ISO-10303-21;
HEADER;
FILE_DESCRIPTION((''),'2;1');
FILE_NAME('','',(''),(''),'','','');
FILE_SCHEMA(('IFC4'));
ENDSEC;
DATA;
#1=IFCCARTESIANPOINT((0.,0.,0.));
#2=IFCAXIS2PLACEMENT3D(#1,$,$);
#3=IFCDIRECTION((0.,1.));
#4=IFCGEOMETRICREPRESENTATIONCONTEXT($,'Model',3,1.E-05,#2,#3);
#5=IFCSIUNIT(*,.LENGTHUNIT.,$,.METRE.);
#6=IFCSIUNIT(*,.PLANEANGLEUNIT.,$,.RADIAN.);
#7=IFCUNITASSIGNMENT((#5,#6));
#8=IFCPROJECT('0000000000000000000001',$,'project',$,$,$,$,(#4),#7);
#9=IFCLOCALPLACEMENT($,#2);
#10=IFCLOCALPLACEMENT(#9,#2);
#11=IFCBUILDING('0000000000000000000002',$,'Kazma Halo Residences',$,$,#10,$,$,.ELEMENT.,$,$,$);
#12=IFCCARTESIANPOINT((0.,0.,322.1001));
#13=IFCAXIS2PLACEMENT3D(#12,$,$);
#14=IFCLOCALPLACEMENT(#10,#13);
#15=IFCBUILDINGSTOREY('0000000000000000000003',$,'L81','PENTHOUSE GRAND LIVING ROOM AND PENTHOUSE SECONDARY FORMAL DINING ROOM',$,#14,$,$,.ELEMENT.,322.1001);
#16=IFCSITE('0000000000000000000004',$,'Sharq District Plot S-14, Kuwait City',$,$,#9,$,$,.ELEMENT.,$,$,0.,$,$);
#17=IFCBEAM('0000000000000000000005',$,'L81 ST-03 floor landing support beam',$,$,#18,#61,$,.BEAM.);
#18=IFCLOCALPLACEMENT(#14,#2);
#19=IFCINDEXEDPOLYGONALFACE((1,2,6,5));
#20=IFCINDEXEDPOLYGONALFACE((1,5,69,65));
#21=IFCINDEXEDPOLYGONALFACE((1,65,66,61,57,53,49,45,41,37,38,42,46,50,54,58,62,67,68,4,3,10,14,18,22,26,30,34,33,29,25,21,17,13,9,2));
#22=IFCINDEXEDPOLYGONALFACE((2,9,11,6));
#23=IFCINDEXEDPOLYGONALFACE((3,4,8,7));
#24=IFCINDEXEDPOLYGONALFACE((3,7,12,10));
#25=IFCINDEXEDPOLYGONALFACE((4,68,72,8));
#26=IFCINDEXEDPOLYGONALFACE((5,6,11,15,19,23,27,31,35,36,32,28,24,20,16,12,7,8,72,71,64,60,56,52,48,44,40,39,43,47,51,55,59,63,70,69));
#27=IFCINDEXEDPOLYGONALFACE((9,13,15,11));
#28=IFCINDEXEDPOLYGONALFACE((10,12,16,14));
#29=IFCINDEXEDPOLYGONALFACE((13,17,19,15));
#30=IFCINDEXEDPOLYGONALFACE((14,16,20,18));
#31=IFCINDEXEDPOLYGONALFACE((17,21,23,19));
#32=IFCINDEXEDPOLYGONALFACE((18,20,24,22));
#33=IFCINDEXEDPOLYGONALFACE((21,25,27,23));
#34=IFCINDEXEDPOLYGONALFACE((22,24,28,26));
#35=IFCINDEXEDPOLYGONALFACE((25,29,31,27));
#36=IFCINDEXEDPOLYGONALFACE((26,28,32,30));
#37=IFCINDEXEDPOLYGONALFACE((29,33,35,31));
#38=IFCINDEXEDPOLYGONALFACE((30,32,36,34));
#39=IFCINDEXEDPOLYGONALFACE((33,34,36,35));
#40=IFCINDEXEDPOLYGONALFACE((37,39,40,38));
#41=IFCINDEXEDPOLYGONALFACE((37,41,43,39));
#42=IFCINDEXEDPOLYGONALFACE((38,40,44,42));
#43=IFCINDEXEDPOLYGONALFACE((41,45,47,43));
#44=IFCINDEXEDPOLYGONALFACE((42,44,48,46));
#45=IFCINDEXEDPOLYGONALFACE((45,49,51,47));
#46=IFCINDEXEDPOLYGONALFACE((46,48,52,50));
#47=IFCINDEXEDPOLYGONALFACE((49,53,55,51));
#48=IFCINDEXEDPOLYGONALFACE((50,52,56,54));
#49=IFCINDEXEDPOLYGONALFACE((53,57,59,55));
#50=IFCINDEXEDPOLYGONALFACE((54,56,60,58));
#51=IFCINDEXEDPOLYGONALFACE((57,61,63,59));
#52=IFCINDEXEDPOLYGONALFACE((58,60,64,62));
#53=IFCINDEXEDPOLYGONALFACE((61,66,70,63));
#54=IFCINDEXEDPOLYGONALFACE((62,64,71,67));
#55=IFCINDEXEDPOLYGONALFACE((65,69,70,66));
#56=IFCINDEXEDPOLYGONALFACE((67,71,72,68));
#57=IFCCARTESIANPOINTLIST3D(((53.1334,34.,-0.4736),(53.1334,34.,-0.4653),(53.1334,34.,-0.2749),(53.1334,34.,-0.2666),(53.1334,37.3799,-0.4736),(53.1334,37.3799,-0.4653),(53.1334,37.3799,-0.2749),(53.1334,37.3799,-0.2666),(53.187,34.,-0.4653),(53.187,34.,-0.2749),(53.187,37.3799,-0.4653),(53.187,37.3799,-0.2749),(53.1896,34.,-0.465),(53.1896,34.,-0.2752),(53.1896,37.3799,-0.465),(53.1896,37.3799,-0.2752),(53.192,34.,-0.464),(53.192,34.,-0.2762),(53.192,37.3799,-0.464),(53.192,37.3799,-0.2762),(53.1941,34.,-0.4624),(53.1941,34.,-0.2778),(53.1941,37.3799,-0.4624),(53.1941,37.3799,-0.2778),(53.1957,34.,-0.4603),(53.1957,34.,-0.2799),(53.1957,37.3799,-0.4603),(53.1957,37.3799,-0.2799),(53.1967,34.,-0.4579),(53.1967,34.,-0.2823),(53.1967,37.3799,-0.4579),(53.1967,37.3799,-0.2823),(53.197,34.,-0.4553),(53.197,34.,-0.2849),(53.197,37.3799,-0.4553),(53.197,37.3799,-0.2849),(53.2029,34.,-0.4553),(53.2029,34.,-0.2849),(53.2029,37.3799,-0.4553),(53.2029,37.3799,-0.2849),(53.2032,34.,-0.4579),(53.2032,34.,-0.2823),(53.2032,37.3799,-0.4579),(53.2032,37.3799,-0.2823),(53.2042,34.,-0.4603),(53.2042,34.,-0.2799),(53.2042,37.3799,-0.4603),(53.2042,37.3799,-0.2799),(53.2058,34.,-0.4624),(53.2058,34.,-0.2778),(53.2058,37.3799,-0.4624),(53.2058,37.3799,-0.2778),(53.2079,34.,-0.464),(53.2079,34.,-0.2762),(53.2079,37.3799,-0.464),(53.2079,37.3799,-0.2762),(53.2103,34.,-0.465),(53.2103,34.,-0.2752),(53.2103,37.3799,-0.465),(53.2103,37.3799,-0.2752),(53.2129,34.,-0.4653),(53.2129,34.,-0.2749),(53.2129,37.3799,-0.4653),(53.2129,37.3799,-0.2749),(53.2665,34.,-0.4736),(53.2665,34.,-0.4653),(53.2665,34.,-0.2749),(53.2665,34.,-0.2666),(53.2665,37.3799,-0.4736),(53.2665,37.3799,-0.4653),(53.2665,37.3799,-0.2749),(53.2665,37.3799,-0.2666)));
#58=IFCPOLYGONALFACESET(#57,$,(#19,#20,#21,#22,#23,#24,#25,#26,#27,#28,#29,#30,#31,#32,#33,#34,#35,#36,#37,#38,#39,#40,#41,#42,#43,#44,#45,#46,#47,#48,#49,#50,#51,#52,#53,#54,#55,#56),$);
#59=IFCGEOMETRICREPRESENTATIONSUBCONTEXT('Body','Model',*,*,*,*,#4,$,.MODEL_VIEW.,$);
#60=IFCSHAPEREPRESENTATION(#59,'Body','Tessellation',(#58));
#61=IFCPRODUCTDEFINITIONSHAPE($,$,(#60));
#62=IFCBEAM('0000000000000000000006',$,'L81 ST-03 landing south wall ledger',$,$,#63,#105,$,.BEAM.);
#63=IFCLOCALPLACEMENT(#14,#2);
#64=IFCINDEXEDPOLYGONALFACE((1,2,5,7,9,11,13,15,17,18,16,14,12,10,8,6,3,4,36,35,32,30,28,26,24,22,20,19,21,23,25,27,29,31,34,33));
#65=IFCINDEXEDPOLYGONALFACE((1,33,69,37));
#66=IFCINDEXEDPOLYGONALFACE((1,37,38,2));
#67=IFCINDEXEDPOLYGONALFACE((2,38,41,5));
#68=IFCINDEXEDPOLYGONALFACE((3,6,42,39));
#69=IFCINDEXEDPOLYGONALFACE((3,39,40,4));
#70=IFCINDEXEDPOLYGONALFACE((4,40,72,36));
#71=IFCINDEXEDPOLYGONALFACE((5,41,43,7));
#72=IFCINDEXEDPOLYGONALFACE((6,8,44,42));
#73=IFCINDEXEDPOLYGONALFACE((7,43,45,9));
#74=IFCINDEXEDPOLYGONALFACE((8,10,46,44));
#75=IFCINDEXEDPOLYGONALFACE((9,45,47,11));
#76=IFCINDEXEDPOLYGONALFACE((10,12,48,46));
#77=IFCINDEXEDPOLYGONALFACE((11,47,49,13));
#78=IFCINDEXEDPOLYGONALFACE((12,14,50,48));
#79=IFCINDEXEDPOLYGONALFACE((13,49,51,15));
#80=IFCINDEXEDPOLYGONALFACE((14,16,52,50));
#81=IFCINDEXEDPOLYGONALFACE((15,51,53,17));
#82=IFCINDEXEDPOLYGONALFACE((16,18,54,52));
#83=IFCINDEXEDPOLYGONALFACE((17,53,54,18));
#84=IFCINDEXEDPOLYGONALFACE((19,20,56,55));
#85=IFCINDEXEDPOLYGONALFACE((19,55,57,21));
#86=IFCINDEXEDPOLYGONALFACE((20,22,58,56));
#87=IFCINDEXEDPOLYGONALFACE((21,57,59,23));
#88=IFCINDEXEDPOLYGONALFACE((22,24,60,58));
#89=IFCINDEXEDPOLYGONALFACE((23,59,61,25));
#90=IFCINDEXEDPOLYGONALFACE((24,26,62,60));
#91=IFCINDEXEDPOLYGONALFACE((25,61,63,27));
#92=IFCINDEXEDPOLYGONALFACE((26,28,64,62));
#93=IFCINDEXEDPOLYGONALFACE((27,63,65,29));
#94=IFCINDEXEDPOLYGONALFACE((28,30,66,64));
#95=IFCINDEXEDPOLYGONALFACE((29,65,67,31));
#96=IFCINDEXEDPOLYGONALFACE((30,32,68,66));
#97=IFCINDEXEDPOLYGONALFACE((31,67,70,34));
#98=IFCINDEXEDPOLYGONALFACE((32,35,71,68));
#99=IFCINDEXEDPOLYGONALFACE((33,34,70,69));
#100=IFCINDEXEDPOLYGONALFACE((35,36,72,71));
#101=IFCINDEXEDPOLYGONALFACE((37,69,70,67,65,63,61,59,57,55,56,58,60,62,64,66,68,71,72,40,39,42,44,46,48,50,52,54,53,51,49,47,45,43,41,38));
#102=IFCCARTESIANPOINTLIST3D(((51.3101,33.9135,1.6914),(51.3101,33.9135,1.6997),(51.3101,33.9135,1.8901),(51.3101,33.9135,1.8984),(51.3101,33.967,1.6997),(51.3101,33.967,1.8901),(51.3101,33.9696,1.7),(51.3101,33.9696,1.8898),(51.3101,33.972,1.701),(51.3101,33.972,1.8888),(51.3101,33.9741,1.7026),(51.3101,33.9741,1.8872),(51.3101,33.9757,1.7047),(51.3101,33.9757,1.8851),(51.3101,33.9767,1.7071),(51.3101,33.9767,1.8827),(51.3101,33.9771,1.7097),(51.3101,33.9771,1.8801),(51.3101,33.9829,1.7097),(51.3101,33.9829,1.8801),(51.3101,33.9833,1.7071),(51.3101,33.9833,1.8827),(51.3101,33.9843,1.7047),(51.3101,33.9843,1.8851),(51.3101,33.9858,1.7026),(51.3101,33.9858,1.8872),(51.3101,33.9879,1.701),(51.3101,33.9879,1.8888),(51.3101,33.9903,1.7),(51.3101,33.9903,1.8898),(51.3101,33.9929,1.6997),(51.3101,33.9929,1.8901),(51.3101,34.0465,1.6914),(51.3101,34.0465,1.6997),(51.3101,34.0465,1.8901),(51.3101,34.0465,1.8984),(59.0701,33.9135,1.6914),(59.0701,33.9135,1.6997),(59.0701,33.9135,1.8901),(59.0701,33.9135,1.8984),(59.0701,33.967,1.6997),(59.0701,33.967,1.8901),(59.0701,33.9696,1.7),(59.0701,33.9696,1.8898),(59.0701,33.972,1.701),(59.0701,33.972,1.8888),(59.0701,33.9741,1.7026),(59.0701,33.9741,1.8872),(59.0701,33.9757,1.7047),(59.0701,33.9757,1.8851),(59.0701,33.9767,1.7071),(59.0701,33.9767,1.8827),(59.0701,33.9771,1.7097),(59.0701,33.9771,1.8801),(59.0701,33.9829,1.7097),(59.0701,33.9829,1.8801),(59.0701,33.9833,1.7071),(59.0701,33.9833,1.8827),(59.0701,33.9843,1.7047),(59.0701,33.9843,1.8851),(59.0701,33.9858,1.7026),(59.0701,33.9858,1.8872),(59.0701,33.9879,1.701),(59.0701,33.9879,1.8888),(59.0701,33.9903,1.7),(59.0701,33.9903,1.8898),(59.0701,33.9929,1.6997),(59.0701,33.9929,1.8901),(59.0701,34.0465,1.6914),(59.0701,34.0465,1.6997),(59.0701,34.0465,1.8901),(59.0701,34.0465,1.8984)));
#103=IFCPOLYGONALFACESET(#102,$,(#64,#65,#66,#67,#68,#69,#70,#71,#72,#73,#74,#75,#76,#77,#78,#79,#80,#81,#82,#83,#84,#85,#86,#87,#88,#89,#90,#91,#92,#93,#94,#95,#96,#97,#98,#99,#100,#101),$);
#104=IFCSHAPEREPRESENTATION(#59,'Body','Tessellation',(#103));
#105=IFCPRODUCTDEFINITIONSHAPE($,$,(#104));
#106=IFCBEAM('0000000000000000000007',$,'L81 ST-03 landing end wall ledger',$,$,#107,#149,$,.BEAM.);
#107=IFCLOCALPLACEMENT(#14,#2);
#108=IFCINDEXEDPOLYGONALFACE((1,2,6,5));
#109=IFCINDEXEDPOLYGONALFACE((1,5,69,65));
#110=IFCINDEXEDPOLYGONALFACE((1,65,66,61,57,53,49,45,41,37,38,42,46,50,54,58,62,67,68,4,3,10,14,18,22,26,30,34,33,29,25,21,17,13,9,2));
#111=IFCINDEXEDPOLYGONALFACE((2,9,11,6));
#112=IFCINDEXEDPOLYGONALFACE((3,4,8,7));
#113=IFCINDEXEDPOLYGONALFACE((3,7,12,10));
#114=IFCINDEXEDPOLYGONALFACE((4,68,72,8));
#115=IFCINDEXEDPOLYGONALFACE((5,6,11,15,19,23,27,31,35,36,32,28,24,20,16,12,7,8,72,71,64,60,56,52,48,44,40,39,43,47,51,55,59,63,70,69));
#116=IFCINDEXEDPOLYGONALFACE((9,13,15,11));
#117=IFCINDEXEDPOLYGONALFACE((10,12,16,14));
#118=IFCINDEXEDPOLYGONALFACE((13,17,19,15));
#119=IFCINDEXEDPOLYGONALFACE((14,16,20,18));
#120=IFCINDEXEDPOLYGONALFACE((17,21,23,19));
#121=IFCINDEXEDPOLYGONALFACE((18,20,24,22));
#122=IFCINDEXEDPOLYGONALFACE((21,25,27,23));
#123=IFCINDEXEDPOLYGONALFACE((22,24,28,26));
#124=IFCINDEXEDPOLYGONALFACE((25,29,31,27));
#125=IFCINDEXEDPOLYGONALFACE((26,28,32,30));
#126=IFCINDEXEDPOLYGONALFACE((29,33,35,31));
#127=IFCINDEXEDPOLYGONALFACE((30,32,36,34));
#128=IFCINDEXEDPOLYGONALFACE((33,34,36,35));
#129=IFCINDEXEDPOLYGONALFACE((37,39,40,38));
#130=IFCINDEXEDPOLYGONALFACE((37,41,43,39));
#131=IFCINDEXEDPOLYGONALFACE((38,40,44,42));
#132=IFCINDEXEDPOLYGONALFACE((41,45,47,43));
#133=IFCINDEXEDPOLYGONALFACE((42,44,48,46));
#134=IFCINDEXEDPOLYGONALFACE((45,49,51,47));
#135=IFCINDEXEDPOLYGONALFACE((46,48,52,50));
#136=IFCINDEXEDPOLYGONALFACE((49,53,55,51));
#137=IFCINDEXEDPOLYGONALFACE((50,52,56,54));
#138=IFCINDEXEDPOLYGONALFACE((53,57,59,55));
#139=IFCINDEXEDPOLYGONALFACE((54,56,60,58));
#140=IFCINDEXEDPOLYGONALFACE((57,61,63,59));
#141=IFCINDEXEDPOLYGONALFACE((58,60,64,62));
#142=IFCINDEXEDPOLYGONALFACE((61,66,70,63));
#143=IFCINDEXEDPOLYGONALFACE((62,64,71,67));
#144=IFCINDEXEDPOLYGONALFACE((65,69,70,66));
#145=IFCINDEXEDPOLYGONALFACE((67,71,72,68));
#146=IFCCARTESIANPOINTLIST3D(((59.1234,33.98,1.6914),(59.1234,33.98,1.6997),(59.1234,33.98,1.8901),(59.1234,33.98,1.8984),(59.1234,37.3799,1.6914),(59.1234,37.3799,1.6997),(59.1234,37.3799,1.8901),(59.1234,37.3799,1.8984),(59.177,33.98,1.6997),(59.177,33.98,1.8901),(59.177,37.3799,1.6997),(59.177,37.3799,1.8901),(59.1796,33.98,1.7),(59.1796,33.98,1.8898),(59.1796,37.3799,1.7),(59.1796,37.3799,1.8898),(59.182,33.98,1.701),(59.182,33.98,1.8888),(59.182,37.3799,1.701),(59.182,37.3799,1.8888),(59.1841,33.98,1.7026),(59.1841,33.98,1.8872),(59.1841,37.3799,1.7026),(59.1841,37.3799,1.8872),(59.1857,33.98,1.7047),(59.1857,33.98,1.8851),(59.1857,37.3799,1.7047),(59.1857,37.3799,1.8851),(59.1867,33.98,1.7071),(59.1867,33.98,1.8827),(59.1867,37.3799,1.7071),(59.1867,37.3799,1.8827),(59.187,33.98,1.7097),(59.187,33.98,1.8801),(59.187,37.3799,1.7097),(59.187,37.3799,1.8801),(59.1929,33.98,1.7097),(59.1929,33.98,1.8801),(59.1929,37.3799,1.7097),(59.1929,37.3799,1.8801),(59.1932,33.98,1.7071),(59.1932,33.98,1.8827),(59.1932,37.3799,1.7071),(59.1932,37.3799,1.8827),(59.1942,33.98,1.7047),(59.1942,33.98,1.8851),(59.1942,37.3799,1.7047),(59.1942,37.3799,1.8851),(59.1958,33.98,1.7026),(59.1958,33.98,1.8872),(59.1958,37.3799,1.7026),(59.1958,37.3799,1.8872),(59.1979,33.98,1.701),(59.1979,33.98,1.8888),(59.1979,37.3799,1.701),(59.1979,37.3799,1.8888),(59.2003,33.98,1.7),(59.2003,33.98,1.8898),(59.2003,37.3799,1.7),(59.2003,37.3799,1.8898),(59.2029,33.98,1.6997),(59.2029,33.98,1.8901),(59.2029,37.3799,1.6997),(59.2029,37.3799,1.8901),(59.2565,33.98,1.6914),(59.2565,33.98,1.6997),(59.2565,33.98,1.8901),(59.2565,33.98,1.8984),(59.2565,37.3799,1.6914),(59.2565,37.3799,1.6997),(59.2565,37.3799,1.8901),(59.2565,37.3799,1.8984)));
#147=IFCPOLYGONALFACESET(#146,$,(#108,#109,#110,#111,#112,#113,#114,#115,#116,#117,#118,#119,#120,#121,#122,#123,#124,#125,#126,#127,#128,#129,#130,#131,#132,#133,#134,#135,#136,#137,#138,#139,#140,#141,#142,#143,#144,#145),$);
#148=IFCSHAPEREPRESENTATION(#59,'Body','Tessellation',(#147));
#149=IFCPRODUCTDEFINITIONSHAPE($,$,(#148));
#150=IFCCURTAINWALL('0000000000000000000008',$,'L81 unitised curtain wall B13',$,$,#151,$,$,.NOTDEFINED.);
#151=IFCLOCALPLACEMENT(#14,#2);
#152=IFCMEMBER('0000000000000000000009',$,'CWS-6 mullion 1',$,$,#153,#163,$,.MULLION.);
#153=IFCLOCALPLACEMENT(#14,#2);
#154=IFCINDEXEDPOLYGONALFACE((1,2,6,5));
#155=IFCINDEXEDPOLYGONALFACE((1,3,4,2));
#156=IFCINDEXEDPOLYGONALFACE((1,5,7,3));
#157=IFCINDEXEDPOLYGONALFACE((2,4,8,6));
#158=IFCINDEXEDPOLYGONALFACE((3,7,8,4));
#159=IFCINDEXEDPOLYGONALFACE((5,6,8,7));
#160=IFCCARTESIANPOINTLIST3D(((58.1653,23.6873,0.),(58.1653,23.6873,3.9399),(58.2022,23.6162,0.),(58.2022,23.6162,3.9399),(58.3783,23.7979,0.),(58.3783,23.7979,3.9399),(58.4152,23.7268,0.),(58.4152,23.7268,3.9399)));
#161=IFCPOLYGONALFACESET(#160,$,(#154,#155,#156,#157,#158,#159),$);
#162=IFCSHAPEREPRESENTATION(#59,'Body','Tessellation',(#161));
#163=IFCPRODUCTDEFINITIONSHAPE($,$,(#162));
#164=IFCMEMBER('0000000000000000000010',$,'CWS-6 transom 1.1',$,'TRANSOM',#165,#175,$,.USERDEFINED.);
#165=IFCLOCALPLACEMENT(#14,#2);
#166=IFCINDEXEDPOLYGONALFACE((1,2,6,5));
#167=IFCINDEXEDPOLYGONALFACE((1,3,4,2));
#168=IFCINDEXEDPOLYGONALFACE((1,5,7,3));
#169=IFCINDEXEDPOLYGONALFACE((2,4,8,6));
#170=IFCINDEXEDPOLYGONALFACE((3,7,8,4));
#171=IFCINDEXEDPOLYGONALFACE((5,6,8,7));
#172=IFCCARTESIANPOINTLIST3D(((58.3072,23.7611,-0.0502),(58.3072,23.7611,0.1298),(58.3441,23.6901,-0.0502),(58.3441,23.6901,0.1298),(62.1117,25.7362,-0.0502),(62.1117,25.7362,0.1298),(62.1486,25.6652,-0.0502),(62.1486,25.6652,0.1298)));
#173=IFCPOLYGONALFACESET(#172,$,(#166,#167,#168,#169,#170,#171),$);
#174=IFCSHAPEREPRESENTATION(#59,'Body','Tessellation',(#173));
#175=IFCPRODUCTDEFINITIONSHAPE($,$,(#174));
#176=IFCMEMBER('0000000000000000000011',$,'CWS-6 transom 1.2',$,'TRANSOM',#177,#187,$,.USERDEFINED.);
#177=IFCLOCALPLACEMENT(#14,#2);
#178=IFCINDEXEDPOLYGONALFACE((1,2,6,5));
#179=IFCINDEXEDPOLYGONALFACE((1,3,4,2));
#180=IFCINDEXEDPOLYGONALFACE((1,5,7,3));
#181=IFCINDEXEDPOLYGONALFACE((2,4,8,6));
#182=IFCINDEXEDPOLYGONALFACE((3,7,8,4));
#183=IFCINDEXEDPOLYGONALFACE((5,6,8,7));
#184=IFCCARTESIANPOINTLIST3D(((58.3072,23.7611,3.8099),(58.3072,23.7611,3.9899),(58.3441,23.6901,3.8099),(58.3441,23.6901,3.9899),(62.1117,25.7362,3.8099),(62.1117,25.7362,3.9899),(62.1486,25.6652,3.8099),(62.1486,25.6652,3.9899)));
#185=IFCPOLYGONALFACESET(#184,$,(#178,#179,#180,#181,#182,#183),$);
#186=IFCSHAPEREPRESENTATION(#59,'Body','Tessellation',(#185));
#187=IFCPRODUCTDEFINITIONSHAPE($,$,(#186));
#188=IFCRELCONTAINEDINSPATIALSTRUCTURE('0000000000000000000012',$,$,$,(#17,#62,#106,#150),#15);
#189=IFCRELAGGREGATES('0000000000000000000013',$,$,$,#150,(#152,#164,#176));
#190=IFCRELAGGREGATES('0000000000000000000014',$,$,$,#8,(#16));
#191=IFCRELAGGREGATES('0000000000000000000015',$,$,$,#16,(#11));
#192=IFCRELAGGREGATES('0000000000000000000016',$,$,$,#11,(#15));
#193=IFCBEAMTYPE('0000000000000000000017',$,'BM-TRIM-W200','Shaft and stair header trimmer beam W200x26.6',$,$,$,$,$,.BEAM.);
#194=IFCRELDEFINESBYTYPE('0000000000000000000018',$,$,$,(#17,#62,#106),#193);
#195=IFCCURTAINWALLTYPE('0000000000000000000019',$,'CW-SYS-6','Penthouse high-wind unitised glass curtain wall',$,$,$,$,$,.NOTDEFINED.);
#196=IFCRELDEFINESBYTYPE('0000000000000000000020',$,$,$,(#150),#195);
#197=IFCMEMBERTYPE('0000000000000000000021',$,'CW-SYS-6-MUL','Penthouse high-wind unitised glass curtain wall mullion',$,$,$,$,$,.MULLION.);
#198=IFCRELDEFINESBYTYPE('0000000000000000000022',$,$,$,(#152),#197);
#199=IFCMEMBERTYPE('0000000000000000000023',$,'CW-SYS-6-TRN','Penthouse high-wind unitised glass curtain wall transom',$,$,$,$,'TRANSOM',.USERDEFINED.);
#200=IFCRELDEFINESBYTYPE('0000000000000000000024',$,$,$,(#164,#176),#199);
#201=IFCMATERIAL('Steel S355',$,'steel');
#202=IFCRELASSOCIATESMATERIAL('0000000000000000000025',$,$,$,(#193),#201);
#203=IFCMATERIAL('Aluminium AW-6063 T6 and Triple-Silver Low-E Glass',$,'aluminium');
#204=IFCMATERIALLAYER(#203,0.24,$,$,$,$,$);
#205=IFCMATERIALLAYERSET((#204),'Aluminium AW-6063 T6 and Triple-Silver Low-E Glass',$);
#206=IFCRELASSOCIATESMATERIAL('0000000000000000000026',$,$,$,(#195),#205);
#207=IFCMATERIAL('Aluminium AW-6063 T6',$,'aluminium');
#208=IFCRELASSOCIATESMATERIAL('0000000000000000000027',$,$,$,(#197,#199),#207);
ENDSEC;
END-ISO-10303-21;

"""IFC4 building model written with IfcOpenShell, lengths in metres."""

from ifc_helpers import new_model, si_unit, direction, frame, origin, origin_2d, place, context, subcontext, project, spatial, rectangle, i_section, extrude, material, layer, layer_set, material_profile, profile_set, type_object, element, aggregate, save


model = new_model("IFC4")

# Units and contexts
model_context = context("Model", 3, precision=1e-05, world=origin(), true_north=direction((0.0, 1.0)))
body_context = subcontext(model_context, "Body", "Model", "MODEL_VIEW")
ifc_project = project(units=[si_unit("LENGTHUNIT", "METRE"), si_unit("PLANEANGLEUNIT", "RADIAN")], contexts=[model_context])

# Site, building, storey
site_placement = place(None, origin())
site = spatial("IfcSite", under=ifc_project, at=site_placement, Name="Sharq District Plot S-14, Kuwait City", CompositionType="ELEMENT", RefElevation=0.0)
building_placement = place(site_placement, origin())
building = spatial("IfcBuilding", under=site, at=building_placement, Name="Kazma Halo Residences", CompositionType="ELEMENT")
storey_placement = place(building_placement, frame((0.0, 0.0, 322.1001)))
storey = spatial("IfcBuildingStorey", under=building, at=storey_placement, Name="L81", Description="PENTHOUSE GRAND LIVING ROOM AND PENTHOUSE SECONDARY FORMAL DINING ROOM", CompositionType="ELEMENT", Elevation=322.1001)

# Beams
ifc_material_1 = material(Name="Steel S355", Category="steel")
ifc_material_profile_1 = material_profile(ifc_material_1, i_section(OverallWidth=0.1331, OverallDepth=0.207, WebThickness=0.0059, FlangeThickness=0.0083, FilletRadius=0.01, at=origin_2d()), Name="W200x26.6")
ifc_profile_set_1 = profile_set([ifc_material_profile_1], Name="Steel S355")
beam_type_1 = type_object("IfcBeamType", Name="BM-TRIM-W200", Description="Shaft and stair header trimmer beam W200x26.6", PredefinedType="BEAM", material=ifc_profile_set_1)
beam_1_placement = place(storey_placement, frame((53.2, 34.0, -0.3701), z_axis=(0.0, 1.0, 0.0), x_axis=(-1.0, 0.0, 0.0)))
element("IfcBeam", 1, at=beam_1_placement, inside=storey, type_object=beam_type_1, Name="L81 ST-03 floor landing support beam", PredefinedType="BEAM", context=body_context, shape_type="SweptSolid", body=[
    extrude(i_section(OverallWidth=0.1331, OverallDepth=0.207, WebThickness=0.0059, FlangeThickness=0.0083, FilletRadius=0.01, at=origin_2d()), origin(), (0.0, 0.0, 1.0), 3.3799),
])
beam_2_placement = place(storey_placement, frame((51.3101, 33.98, 1.7949), z_axis=(1.0, 0.0, 0.0), x_axis=(0.0, 1.0, 0.0)))
element("IfcBeam", 2, at=beam_2_placement, inside=storey, type_object=beam_type_1, Name="L81 ST-03 landing south wall ledger", PredefinedType="BEAM", context=body_context, shape_type="SweptSolid", body=[
    extrude(i_section(OverallWidth=0.1331, OverallDepth=0.207, WebThickness=0.0059, FlangeThickness=0.0083, FilletRadius=0.01, at=origin_2d()), origin(), (0.0, 0.0, 1.0), 7.76),
])
beam_3_placement = place(storey_placement, frame((59.1899, 33.98, 1.7949), z_axis=(0.0, 1.0, 0.0), x_axis=(-1.0, 0.0, 0.0)))
element("IfcBeam", 3, at=beam_3_placement, inside=storey, type_object=beam_type_1, Name="L81 ST-03 landing end wall ledger", PredefinedType="BEAM", context=body_context, shape_type="SweptSolid", body=[
    extrude(i_section(OverallWidth=0.1331, OverallDepth=0.207, WebThickness=0.0059, FlangeThickness=0.0083, FilletRadius=0.01, at=origin_2d()), origin(), (0.0, 0.0, 1.0), 3.3999),
])

# Curtain wall, members
ifc_material_2 = material(Name="Aluminium AW-6063 T6 and Triple-Silver Low-E Glass", Category="aluminium")
ifc_layer_1 = layer(ifc_material_2, 0.24)
ifc_layer_set_1 = layer_set([ifc_layer_1], Name="Aluminium AW-6063 T6 and Triple-Silver Low-E Glass")
curtain_wall_type = type_object("IfcCurtainWallType", Name="CW-SYS-6", Description="Penthouse high-wind unitised glass curtain wall", PredefinedType="NOTDEFINED", material=ifc_layer_set_1)
curtain_wall_placement = place(storey_placement, origin())
curtain_wall = element("IfcCurtainWall", 4, at=curtain_wall_placement, inside=storey, type_object=curtain_wall_type, Name="L81 unitised curtain wall B13", PredefinedType="NOTDEFINED")
ifc_material_3 = material(Name="Aluminium AW-6063 T6", Category="aluminium")
ifc_material_profile_2 = material_profile(ifc_material_3, rectangle(XDim=0.0801, YDim=0.24, at=origin_2d()), Name="CWM-80x240")
ifc_profile_set_2 = profile_set([ifc_material_profile_2], Name="Aluminium AW-6063 T6")
member_type_1 = type_object("IfcMemberType", Name="CW-SYS-6-MUL", Description="Penthouse high-wind unitised glass curtain wall mullion", PredefinedType="MULLION", material=ifc_profile_set_2)
member_1_placement = place(storey_placement, frame((58.2903, 23.707, 0.0), z_axis=(0.0, 0.0, 1.0), x_axis=(-0.460796, 0.887506, 0.0)))
member_1 = element("IfcMember", 5, at=member_1_placement, type_object=member_type_1, Name="CWS-6 mullion 1", PredefinedType="MULLION", context=body_context, shape_type="SweptSolid", body=[
    extrude(rectangle(XDim=0.0801, YDim=0.24, at=origin_2d()), origin(), (0.0, 0.0, 1.0), 3.9399),
])
ifc_material_profile_3 = material_profile(ifc_material_3, rectangle(XDim=0.0801, YDim=0.1799, at=origin_2d()), Name="CWT-80x180")
ifc_profile_set_3 = profile_set([ifc_material_profile_3], Name="Aluminium AW-6063 T6")
member_type_2 = type_object("IfcMemberType", Name="CW-SYS-6-TRN", Description="Penthouse high-wind unitised glass curtain wall transom", ElementType="TRANSOM", PredefinedType="USERDEFINED", material=ifc_profile_set_3)
member_2_placement = place(storey_placement, frame((58.3257, 23.7256, 0.0398), z_axis=(0.887523, 0.460763, 0.0), x_axis=(-0.460763, 0.887523, 0.0)))
member_2 = element("IfcMember", 6, at=member_2_placement, type_object=member_type_2, Name="CWS-6 transom 1.1", ObjectType="TRANSOM", PredefinedType="USERDEFINED", context=body_context, shape_type="SweptSolid", body=[
    extrude(rectangle(XDim=0.0801, YDim=0.1799, at=origin_2d()), origin(), (0.0, 0.0, 1.0), 4.2866),
])
member_3_placement = place(storey_placement, frame((58.3257, 23.7256, 3.8999), z_axis=(0.887523, 0.460763, 0.0), x_axis=(-0.460763, 0.887523, 0.0)))
member_3 = element("IfcMember", 7, at=member_3_placement, type_object=member_type_2, Name="CWS-6 transom 1.2", ObjectType="TRANSOM", PredefinedType="USERDEFINED", context=body_context, shape_type="SweptSolid", body=[
    extrude(rectangle(XDim=0.0801, YDim=0.1799, at=origin_2d()), origin(), (0.0, 0.0, 1.0), 4.2866),
])
aggregate(curtain_wall, [member_1, member_2, member_3])

save(model, "model.ifc")
